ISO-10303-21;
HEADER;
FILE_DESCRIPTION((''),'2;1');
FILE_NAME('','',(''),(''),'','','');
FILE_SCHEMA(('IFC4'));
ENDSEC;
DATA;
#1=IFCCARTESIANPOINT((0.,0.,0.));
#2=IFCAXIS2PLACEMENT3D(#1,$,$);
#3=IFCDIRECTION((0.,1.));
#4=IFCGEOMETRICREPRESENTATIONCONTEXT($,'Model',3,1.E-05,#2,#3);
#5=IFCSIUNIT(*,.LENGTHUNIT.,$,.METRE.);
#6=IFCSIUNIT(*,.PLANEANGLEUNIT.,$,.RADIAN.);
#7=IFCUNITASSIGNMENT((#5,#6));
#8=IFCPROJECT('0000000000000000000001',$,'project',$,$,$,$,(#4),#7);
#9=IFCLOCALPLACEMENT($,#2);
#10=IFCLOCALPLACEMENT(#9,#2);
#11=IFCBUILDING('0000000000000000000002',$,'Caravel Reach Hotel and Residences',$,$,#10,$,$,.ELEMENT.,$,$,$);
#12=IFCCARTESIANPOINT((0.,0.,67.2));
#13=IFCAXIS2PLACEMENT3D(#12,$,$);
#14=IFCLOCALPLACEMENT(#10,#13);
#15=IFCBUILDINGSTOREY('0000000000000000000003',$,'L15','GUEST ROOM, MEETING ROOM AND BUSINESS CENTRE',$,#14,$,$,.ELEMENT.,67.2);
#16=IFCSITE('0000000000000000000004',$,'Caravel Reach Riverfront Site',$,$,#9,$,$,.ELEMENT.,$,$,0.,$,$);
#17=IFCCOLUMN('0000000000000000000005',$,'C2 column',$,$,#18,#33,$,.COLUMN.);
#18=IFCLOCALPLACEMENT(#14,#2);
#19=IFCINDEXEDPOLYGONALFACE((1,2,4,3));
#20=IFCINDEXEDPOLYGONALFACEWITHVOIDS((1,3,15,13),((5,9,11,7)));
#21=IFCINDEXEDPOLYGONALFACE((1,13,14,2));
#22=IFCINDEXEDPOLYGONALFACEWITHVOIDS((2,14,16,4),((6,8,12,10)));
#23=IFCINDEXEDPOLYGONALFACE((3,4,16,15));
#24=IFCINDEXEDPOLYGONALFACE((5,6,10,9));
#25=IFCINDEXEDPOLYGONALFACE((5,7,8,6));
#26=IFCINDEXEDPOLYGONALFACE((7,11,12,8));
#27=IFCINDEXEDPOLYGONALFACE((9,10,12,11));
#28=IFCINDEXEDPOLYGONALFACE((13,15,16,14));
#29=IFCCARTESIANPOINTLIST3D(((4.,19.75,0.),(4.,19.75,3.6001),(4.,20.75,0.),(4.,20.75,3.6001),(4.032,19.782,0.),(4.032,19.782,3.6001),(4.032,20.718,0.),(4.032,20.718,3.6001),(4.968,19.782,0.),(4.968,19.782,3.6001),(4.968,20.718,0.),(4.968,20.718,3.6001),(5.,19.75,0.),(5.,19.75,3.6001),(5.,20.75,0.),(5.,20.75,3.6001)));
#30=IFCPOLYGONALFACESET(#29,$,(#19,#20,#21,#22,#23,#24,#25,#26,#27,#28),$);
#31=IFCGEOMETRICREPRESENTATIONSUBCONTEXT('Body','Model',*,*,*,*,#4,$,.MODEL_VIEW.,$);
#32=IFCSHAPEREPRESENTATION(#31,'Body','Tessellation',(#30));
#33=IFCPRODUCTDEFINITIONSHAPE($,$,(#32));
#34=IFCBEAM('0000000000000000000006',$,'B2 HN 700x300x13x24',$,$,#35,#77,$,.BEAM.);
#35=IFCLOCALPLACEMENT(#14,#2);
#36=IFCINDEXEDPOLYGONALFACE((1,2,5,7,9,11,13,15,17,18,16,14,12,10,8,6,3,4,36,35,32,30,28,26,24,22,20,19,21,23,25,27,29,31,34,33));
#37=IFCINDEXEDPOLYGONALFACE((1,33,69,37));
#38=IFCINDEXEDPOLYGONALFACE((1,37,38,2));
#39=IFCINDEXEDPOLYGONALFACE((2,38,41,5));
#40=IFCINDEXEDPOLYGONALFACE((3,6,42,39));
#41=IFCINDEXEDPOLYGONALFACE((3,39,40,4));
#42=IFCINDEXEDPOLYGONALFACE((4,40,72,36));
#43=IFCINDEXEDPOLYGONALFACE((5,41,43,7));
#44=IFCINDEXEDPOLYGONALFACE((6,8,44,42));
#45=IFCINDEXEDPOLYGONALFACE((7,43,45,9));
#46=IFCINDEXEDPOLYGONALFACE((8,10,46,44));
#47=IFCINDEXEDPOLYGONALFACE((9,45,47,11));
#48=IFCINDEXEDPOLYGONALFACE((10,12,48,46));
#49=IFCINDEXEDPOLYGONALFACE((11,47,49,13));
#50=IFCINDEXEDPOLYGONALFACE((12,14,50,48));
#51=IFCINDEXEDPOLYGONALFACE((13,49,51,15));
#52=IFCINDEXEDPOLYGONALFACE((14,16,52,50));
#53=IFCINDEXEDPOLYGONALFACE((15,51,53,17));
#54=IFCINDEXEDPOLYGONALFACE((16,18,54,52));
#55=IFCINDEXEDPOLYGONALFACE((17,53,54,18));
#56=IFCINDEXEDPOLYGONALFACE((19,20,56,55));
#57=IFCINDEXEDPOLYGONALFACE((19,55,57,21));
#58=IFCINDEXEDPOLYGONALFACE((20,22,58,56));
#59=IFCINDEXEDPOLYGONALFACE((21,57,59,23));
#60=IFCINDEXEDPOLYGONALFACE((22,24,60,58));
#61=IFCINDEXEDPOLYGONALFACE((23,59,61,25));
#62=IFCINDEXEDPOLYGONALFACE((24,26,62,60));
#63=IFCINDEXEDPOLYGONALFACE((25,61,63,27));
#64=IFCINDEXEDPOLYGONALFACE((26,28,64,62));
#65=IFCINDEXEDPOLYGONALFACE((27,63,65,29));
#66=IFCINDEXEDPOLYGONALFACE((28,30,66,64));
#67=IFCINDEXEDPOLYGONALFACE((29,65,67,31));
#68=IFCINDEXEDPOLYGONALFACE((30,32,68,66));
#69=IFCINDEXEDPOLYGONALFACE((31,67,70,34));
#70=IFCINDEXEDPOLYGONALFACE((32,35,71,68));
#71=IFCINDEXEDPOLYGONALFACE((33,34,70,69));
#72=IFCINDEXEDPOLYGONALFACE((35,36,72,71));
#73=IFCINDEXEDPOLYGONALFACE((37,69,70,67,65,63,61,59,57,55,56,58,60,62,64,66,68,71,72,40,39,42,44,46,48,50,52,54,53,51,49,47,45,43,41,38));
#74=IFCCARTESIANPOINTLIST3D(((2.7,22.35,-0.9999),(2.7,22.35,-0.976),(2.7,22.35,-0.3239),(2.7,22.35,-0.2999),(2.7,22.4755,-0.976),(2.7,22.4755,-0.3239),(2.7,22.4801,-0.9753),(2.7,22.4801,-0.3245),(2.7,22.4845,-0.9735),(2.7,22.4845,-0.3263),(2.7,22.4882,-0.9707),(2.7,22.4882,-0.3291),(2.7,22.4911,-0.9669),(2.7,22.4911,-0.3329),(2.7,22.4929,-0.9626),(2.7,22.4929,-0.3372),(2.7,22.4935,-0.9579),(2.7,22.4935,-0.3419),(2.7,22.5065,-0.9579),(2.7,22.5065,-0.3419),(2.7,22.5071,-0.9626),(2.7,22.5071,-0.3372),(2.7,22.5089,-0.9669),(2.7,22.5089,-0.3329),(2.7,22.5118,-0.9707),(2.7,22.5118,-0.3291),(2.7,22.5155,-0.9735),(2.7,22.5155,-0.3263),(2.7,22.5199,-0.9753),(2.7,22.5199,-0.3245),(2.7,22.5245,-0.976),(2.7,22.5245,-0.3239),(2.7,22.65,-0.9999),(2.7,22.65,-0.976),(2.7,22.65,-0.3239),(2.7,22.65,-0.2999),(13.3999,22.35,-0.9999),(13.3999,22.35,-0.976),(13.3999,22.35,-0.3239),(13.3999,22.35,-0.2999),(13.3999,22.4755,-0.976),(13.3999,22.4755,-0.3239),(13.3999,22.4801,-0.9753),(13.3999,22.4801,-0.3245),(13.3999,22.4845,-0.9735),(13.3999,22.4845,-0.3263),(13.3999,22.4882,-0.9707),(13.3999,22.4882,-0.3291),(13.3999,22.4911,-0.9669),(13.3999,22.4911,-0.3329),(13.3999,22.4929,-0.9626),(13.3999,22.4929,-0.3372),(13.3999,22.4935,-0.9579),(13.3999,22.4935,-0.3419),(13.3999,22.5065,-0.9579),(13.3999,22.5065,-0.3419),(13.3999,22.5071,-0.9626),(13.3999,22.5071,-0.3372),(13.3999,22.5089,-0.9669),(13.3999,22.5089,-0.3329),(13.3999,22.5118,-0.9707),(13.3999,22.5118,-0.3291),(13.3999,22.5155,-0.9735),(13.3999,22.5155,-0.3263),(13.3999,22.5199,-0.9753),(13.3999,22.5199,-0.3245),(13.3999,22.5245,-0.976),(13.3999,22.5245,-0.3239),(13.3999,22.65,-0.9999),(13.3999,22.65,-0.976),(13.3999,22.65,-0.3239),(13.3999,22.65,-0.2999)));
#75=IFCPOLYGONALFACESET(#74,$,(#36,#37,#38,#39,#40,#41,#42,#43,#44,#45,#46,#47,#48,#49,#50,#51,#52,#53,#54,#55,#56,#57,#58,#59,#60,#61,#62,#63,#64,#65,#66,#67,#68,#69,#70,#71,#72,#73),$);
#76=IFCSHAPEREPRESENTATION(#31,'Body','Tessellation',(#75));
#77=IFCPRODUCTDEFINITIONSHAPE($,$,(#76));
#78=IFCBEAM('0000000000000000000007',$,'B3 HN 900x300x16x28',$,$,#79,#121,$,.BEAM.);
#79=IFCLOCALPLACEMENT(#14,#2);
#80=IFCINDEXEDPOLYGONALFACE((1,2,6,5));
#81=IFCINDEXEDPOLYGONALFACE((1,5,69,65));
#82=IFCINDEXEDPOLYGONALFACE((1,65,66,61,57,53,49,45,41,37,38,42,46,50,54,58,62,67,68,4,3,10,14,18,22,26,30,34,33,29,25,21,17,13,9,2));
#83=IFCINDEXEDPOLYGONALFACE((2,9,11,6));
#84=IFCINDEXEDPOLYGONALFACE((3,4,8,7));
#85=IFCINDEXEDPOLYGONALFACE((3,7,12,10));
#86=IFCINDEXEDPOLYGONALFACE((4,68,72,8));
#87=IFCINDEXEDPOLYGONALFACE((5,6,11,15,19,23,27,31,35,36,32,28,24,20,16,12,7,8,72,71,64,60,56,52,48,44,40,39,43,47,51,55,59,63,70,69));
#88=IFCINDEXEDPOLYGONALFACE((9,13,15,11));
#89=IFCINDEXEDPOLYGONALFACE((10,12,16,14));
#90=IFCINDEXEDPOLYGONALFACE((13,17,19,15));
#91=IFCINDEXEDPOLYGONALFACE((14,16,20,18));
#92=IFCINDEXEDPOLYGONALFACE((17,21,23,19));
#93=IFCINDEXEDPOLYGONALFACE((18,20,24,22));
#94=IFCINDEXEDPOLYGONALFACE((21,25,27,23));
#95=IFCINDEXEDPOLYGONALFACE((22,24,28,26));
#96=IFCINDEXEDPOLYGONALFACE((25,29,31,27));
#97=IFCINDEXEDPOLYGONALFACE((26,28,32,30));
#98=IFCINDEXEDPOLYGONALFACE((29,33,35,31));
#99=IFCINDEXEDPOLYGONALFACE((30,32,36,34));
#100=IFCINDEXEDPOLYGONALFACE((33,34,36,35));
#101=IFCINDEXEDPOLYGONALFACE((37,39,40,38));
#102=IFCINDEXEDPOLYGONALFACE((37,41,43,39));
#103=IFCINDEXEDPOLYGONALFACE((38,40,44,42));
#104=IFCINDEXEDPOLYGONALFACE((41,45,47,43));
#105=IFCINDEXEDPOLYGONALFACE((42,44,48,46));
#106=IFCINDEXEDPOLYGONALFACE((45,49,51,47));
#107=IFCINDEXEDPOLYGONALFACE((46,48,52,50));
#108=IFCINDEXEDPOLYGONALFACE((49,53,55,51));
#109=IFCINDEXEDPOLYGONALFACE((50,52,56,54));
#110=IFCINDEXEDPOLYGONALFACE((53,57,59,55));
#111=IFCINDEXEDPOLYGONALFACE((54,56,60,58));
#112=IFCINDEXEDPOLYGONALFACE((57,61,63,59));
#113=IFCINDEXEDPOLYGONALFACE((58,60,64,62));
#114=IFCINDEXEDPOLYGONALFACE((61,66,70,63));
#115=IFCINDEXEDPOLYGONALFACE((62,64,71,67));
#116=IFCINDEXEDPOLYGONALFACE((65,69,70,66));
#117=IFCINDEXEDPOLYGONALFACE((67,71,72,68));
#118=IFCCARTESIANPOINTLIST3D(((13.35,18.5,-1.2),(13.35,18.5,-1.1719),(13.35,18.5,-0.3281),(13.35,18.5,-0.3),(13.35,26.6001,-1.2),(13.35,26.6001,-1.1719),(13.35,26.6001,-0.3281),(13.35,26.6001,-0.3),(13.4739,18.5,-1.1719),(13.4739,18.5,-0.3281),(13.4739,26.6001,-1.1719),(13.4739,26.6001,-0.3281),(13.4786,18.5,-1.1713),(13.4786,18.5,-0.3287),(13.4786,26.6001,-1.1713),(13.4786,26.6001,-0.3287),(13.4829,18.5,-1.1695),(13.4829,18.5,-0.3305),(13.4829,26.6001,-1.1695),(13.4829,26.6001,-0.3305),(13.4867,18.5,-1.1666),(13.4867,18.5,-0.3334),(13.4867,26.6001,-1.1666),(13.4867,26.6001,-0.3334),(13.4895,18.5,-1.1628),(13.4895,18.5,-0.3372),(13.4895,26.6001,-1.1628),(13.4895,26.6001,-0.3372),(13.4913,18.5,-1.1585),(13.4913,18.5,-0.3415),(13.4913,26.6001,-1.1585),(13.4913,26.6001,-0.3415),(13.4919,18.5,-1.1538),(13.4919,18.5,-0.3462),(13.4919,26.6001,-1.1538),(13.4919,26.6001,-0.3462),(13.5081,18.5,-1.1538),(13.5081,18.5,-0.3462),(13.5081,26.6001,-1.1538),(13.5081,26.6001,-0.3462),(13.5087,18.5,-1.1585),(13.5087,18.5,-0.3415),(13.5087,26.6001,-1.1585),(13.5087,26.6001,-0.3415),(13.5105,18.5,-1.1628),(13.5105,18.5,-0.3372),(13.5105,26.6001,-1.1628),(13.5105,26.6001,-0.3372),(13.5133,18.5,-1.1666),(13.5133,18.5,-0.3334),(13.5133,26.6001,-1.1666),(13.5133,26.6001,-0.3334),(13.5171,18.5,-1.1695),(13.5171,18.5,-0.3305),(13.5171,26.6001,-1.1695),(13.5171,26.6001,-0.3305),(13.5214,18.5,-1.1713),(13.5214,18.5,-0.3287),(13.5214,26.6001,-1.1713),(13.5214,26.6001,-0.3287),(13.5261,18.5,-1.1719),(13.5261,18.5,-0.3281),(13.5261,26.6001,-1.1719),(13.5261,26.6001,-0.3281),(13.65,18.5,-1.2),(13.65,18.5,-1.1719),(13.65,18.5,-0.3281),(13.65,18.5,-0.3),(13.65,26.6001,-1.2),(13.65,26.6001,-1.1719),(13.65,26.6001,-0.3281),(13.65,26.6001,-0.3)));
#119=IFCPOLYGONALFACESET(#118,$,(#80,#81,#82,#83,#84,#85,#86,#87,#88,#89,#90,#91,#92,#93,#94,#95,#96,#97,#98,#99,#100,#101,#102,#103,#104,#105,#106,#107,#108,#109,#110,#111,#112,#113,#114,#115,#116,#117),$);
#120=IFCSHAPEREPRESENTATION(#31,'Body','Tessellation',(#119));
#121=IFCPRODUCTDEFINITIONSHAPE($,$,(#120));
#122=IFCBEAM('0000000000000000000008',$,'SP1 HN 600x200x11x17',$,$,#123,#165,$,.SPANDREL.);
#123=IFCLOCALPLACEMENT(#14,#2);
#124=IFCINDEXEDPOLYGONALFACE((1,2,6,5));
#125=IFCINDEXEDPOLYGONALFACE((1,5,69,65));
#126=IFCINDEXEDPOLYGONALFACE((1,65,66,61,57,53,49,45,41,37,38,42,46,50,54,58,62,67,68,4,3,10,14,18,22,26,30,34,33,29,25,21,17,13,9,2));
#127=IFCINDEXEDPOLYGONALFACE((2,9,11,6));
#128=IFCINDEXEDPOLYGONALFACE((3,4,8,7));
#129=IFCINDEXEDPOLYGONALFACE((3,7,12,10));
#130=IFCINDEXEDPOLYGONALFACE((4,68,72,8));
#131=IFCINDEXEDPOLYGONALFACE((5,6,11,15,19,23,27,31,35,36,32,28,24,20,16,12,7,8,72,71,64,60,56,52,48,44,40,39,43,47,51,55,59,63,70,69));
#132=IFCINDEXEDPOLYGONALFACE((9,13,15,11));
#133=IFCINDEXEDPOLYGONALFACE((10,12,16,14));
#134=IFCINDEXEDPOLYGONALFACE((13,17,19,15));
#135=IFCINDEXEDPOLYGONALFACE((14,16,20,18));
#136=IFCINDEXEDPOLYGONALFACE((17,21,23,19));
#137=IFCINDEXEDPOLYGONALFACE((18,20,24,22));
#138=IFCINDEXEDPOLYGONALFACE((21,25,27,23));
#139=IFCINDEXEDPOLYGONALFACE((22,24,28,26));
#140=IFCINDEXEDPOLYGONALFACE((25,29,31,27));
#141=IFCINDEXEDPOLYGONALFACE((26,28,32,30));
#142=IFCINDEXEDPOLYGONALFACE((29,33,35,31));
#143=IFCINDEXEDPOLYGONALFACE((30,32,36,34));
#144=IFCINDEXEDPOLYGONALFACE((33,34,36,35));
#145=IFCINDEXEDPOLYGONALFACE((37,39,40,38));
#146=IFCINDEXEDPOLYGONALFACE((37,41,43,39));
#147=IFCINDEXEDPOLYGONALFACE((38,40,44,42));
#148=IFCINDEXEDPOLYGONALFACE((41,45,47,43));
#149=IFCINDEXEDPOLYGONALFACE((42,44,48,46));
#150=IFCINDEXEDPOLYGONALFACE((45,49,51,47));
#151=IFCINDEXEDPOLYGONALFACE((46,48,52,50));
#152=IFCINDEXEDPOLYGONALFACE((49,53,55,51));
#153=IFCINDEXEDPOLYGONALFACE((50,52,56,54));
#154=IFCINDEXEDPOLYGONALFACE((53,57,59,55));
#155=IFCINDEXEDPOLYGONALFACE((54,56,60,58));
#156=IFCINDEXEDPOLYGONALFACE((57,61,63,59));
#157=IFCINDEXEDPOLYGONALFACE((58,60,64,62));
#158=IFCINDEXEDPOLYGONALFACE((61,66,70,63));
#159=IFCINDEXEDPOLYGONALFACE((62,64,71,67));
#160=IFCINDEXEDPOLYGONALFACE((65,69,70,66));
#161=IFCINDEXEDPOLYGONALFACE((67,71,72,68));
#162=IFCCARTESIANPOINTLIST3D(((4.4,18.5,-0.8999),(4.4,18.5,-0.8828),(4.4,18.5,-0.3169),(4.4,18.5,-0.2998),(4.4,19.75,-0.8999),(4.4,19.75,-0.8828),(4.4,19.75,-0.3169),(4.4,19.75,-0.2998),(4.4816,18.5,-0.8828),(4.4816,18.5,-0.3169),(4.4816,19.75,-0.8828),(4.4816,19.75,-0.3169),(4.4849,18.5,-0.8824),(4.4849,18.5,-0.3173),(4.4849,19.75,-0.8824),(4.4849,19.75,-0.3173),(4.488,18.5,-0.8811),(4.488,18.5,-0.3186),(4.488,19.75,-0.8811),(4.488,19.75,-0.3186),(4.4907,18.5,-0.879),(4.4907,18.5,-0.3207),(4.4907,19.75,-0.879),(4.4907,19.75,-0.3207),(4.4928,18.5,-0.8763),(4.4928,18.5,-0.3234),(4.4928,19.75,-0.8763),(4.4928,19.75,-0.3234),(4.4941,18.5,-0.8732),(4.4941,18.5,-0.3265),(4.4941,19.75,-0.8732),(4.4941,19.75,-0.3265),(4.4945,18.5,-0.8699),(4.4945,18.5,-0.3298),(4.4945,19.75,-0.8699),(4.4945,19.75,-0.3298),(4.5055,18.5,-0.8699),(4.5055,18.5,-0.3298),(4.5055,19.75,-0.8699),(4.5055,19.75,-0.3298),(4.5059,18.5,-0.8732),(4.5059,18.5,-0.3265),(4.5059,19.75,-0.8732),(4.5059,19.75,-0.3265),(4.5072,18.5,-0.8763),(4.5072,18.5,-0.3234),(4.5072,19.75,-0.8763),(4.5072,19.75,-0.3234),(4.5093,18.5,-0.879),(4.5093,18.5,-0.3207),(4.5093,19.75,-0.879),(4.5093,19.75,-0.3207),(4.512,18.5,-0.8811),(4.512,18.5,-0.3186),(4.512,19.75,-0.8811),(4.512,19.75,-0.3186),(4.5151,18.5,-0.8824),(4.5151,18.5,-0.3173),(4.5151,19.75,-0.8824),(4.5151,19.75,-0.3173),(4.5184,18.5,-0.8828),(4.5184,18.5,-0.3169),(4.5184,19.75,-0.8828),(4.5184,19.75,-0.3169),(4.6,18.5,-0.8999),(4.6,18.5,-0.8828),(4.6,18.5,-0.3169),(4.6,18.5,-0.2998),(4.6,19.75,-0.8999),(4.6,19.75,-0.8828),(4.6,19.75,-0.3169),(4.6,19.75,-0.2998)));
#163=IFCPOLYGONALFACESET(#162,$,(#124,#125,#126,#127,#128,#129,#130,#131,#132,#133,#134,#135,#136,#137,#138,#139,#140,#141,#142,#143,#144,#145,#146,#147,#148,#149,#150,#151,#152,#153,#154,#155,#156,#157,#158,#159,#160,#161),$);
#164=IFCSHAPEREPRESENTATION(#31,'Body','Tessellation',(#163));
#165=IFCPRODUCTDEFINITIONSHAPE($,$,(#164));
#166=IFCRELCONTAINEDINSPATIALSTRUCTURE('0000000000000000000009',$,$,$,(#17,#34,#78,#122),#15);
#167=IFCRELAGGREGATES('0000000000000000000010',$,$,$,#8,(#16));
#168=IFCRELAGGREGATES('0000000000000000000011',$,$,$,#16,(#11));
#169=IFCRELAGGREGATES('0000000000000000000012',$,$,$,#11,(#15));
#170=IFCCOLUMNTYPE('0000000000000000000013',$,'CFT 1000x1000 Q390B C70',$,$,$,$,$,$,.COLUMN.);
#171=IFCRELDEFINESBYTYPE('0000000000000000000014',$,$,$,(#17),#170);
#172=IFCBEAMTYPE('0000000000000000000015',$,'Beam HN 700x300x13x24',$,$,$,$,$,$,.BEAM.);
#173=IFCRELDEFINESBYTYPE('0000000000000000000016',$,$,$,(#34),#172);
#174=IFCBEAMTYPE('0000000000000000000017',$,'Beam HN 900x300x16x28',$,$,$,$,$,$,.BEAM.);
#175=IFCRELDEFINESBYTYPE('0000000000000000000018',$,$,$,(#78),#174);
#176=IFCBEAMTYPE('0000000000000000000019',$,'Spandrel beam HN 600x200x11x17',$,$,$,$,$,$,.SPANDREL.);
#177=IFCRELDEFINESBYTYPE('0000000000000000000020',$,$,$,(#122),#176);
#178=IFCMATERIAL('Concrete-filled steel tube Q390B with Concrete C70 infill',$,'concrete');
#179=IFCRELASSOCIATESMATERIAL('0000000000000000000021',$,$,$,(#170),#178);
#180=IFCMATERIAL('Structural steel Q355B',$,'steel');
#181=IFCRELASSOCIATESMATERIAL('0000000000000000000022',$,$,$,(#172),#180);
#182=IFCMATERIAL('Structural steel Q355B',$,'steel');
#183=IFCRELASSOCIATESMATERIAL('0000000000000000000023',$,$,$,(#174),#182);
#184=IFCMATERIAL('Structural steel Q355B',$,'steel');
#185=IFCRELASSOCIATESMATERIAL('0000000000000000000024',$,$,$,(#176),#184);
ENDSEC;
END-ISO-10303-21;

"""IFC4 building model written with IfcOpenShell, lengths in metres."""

from ifc_helpers import new_model, si_unit, direction, frame, origin, origin_2d, place, context, subcontext, project, spatial, hollow_rectangle, i_section, extrude, material, material_profile, profile_set, type_object, element, save


model = new_model("IFC4")

# Units and contexts
model_context = context("Model", 3, precision=1e-05, world=origin(), true_north=direction((0.0, 1.0)))
body_context = subcontext(model_context, "Body", "Model", "MODEL_VIEW")
ifc_project = project(units=[si_unit("LENGTHUNIT", "METRE"), si_unit("PLANEANGLEUNIT", "RADIAN")], contexts=[model_context])

# Site, building, storey
site_placement = place(None, origin())
site = spatial("IfcSite", under=ifc_project, at=site_placement, Name="Caravel Reach Riverfront Site", CompositionType="ELEMENT", RefElevation=0.0)
building_placement = place(site_placement, origin())
building = spatial("IfcBuilding", under=site, at=building_placement, Name="Caravel Reach Hotel and Residences", CompositionType="ELEMENT")
storey_placement = place(building_placement, frame((0.0, 0.0, 67.2)))
storey = spatial("IfcBuildingStorey", under=building, at=storey_placement, Name="L15", Description="GUEST ROOM, MEETING ROOM AND BUSINESS CENTRE", CompositionType="ELEMENT", Elevation=67.2)

# Column
ifc_material_1 = material(Name="Concrete-filled steel tube Q390B with Concrete C70 infill", Category="concrete")
ifc_material_profile_1 = material_profile(ifc_material_1, hollow_rectangle(XDim=1.0, YDim=1.0, WallThickness=0.032, at=origin_2d()), Name="RHS 1000x1000x32")
ifc_profile_set_1 = profile_set([ifc_material_profile_1], Name="Concrete-filled steel tube Q390B with Concrete C70 infill")
column_type = type_object("IfcColumnType", Name="CFT 1000x1000 Q390B C70", PredefinedType="COLUMN", material=ifc_profile_set_1)
column_placement = place(storey_placement, frame((4.5, 20.25, 0.0), z_axis=(0.0, 0.0, 1.0), x_axis=(1.0, 0.0, 0.0)))
element("IfcColumn", 1, at=column_placement, inside=storey, type_object=column_type, Name="C2 column", PredefinedType="COLUMN", context=body_context, shape_type="SweptSolid", body=[
    extrude(hollow_rectangle(XDim=1.0, YDim=1.0, WallThickness=0.032, at=origin_2d()), origin(), (0.0, 0.0, 1.0), 3.6001),
])

# Beams
ifc_material_2 = material(Name="Structural steel Q355B", Category="steel")
ifc_material_profile_2 = material_profile(ifc_material_2, i_section(OverallWidth=0.3, OverallDepth=0.7, WebThickness=0.0129, FlangeThickness=0.0239, FilletRadius=0.0181, at=origin_2d()), Name="HN 700x300x13x24")
ifc_profile_set_2 = profile_set([ifc_material_profile_2], Name="Structural steel Q355B")
beam_type_1 = type_object("IfcBeamType", Name="Beam HN 700x300x13x24", PredefinedType="BEAM", material=ifc_profile_set_2)
beam_1_placement = place(storey_placement, frame((13.3999, 22.5, -0.6499), z_axis=(-1.0, 0.0, 0.0), x_axis=(0.0, -1.0, 0.0)))
element("IfcBeam", 2, at=beam_1_placement, inside=storey, type_object=beam_type_1, Name="B2 HN 700x300x13x24", PredefinedType="BEAM", context=body_context, shape_type="SweptSolid", body=[
    extrude(i_section(OverallWidth=0.3, OverallDepth=0.7, WebThickness=0.0129, FlangeThickness=0.0239, FilletRadius=0.0181, at=origin_2d()), origin(), (0.0, 0.0, 1.0), 10.7),
])
ifc_material_3 = material(Name="Structural steel Q355B", Category="steel")
ifc_material_profile_3 = material_profile(ifc_material_3, i_section(OverallWidth=0.3, OverallDepth=0.8999, WebThickness=0.0161, FlangeThickness=0.0281, FilletRadius=0.0181, at=origin_2d()), Name="HN 900x300x16x28")
ifc_profile_set_3 = profile_set([ifc_material_profile_3], Name="Structural steel Q355B")
beam_type_2 = type_object("IfcBeamType", Name="Beam HN 900x300x16x28", PredefinedType="BEAM", material=ifc_profile_set_3)
beam_2_placement = place(storey_placement, frame((13.5, 18.5, -0.75), z_axis=(0.0, 1.0, 0.0), x_axis=(-1.0, 0.0, 0.0)))
element("IfcBeam", 3, at=beam_2_placement, inside=storey, type_object=beam_type_2, Name="B3 HN 900x300x16x28", PredefinedType="BEAM", context=body_context, shape_type="SweptSolid", body=[
    extrude(i_section(OverallWidth=0.3, OverallDepth=0.8999, WebThickness=0.0161, FlangeThickness=0.0281, FilletRadius=0.0181, at=origin_2d()), origin(), (0.0, 0.0, 1.0), 8.1001),
])
ifc_material_4 = material(Name="Structural steel Q355B", Category="steel")
ifc_material_profile_4 = material_profile(ifc_material_4, i_section(OverallWidth=0.2, OverallDepth=0.6001, WebThickness=0.011, FlangeThickness=0.0171, FilletRadius=0.0129, at=origin_2d()), Name="HN 600x200x11x17")
ifc_profile_set_4 = profile_set([ifc_material_profile_4], Name="Structural steel Q355B")
beam_type_3 = type_object("IfcBeamType", Name="Spandrel beam HN 600x200x11x17", PredefinedType="SPANDREL", material=ifc_profile_set_4)
beam_3_placement = place(storey_placement, frame((4.5, 19.75, -0.5999), z_axis=(0.0, -1.0, 0.0), x_axis=(1.0, 0.0, 0.0)))
element("IfcBeam", 4, at=beam_3_placement, inside=storey, type_object=beam_type_3, Name="SP1 HN 600x200x11x17", PredefinedType="SPANDREL", context=body_context, shape_type="SweptSolid", body=[
    extrude(i_section(OverallWidth=0.2, OverallDepth=0.6001, WebThickness=0.011, FlangeThickness=0.0171, FilletRadius=0.0129, at=origin_2d()), origin(), (0.0, 0.0, 1.0), 1.25),
])

save(model, "model.ifc")
